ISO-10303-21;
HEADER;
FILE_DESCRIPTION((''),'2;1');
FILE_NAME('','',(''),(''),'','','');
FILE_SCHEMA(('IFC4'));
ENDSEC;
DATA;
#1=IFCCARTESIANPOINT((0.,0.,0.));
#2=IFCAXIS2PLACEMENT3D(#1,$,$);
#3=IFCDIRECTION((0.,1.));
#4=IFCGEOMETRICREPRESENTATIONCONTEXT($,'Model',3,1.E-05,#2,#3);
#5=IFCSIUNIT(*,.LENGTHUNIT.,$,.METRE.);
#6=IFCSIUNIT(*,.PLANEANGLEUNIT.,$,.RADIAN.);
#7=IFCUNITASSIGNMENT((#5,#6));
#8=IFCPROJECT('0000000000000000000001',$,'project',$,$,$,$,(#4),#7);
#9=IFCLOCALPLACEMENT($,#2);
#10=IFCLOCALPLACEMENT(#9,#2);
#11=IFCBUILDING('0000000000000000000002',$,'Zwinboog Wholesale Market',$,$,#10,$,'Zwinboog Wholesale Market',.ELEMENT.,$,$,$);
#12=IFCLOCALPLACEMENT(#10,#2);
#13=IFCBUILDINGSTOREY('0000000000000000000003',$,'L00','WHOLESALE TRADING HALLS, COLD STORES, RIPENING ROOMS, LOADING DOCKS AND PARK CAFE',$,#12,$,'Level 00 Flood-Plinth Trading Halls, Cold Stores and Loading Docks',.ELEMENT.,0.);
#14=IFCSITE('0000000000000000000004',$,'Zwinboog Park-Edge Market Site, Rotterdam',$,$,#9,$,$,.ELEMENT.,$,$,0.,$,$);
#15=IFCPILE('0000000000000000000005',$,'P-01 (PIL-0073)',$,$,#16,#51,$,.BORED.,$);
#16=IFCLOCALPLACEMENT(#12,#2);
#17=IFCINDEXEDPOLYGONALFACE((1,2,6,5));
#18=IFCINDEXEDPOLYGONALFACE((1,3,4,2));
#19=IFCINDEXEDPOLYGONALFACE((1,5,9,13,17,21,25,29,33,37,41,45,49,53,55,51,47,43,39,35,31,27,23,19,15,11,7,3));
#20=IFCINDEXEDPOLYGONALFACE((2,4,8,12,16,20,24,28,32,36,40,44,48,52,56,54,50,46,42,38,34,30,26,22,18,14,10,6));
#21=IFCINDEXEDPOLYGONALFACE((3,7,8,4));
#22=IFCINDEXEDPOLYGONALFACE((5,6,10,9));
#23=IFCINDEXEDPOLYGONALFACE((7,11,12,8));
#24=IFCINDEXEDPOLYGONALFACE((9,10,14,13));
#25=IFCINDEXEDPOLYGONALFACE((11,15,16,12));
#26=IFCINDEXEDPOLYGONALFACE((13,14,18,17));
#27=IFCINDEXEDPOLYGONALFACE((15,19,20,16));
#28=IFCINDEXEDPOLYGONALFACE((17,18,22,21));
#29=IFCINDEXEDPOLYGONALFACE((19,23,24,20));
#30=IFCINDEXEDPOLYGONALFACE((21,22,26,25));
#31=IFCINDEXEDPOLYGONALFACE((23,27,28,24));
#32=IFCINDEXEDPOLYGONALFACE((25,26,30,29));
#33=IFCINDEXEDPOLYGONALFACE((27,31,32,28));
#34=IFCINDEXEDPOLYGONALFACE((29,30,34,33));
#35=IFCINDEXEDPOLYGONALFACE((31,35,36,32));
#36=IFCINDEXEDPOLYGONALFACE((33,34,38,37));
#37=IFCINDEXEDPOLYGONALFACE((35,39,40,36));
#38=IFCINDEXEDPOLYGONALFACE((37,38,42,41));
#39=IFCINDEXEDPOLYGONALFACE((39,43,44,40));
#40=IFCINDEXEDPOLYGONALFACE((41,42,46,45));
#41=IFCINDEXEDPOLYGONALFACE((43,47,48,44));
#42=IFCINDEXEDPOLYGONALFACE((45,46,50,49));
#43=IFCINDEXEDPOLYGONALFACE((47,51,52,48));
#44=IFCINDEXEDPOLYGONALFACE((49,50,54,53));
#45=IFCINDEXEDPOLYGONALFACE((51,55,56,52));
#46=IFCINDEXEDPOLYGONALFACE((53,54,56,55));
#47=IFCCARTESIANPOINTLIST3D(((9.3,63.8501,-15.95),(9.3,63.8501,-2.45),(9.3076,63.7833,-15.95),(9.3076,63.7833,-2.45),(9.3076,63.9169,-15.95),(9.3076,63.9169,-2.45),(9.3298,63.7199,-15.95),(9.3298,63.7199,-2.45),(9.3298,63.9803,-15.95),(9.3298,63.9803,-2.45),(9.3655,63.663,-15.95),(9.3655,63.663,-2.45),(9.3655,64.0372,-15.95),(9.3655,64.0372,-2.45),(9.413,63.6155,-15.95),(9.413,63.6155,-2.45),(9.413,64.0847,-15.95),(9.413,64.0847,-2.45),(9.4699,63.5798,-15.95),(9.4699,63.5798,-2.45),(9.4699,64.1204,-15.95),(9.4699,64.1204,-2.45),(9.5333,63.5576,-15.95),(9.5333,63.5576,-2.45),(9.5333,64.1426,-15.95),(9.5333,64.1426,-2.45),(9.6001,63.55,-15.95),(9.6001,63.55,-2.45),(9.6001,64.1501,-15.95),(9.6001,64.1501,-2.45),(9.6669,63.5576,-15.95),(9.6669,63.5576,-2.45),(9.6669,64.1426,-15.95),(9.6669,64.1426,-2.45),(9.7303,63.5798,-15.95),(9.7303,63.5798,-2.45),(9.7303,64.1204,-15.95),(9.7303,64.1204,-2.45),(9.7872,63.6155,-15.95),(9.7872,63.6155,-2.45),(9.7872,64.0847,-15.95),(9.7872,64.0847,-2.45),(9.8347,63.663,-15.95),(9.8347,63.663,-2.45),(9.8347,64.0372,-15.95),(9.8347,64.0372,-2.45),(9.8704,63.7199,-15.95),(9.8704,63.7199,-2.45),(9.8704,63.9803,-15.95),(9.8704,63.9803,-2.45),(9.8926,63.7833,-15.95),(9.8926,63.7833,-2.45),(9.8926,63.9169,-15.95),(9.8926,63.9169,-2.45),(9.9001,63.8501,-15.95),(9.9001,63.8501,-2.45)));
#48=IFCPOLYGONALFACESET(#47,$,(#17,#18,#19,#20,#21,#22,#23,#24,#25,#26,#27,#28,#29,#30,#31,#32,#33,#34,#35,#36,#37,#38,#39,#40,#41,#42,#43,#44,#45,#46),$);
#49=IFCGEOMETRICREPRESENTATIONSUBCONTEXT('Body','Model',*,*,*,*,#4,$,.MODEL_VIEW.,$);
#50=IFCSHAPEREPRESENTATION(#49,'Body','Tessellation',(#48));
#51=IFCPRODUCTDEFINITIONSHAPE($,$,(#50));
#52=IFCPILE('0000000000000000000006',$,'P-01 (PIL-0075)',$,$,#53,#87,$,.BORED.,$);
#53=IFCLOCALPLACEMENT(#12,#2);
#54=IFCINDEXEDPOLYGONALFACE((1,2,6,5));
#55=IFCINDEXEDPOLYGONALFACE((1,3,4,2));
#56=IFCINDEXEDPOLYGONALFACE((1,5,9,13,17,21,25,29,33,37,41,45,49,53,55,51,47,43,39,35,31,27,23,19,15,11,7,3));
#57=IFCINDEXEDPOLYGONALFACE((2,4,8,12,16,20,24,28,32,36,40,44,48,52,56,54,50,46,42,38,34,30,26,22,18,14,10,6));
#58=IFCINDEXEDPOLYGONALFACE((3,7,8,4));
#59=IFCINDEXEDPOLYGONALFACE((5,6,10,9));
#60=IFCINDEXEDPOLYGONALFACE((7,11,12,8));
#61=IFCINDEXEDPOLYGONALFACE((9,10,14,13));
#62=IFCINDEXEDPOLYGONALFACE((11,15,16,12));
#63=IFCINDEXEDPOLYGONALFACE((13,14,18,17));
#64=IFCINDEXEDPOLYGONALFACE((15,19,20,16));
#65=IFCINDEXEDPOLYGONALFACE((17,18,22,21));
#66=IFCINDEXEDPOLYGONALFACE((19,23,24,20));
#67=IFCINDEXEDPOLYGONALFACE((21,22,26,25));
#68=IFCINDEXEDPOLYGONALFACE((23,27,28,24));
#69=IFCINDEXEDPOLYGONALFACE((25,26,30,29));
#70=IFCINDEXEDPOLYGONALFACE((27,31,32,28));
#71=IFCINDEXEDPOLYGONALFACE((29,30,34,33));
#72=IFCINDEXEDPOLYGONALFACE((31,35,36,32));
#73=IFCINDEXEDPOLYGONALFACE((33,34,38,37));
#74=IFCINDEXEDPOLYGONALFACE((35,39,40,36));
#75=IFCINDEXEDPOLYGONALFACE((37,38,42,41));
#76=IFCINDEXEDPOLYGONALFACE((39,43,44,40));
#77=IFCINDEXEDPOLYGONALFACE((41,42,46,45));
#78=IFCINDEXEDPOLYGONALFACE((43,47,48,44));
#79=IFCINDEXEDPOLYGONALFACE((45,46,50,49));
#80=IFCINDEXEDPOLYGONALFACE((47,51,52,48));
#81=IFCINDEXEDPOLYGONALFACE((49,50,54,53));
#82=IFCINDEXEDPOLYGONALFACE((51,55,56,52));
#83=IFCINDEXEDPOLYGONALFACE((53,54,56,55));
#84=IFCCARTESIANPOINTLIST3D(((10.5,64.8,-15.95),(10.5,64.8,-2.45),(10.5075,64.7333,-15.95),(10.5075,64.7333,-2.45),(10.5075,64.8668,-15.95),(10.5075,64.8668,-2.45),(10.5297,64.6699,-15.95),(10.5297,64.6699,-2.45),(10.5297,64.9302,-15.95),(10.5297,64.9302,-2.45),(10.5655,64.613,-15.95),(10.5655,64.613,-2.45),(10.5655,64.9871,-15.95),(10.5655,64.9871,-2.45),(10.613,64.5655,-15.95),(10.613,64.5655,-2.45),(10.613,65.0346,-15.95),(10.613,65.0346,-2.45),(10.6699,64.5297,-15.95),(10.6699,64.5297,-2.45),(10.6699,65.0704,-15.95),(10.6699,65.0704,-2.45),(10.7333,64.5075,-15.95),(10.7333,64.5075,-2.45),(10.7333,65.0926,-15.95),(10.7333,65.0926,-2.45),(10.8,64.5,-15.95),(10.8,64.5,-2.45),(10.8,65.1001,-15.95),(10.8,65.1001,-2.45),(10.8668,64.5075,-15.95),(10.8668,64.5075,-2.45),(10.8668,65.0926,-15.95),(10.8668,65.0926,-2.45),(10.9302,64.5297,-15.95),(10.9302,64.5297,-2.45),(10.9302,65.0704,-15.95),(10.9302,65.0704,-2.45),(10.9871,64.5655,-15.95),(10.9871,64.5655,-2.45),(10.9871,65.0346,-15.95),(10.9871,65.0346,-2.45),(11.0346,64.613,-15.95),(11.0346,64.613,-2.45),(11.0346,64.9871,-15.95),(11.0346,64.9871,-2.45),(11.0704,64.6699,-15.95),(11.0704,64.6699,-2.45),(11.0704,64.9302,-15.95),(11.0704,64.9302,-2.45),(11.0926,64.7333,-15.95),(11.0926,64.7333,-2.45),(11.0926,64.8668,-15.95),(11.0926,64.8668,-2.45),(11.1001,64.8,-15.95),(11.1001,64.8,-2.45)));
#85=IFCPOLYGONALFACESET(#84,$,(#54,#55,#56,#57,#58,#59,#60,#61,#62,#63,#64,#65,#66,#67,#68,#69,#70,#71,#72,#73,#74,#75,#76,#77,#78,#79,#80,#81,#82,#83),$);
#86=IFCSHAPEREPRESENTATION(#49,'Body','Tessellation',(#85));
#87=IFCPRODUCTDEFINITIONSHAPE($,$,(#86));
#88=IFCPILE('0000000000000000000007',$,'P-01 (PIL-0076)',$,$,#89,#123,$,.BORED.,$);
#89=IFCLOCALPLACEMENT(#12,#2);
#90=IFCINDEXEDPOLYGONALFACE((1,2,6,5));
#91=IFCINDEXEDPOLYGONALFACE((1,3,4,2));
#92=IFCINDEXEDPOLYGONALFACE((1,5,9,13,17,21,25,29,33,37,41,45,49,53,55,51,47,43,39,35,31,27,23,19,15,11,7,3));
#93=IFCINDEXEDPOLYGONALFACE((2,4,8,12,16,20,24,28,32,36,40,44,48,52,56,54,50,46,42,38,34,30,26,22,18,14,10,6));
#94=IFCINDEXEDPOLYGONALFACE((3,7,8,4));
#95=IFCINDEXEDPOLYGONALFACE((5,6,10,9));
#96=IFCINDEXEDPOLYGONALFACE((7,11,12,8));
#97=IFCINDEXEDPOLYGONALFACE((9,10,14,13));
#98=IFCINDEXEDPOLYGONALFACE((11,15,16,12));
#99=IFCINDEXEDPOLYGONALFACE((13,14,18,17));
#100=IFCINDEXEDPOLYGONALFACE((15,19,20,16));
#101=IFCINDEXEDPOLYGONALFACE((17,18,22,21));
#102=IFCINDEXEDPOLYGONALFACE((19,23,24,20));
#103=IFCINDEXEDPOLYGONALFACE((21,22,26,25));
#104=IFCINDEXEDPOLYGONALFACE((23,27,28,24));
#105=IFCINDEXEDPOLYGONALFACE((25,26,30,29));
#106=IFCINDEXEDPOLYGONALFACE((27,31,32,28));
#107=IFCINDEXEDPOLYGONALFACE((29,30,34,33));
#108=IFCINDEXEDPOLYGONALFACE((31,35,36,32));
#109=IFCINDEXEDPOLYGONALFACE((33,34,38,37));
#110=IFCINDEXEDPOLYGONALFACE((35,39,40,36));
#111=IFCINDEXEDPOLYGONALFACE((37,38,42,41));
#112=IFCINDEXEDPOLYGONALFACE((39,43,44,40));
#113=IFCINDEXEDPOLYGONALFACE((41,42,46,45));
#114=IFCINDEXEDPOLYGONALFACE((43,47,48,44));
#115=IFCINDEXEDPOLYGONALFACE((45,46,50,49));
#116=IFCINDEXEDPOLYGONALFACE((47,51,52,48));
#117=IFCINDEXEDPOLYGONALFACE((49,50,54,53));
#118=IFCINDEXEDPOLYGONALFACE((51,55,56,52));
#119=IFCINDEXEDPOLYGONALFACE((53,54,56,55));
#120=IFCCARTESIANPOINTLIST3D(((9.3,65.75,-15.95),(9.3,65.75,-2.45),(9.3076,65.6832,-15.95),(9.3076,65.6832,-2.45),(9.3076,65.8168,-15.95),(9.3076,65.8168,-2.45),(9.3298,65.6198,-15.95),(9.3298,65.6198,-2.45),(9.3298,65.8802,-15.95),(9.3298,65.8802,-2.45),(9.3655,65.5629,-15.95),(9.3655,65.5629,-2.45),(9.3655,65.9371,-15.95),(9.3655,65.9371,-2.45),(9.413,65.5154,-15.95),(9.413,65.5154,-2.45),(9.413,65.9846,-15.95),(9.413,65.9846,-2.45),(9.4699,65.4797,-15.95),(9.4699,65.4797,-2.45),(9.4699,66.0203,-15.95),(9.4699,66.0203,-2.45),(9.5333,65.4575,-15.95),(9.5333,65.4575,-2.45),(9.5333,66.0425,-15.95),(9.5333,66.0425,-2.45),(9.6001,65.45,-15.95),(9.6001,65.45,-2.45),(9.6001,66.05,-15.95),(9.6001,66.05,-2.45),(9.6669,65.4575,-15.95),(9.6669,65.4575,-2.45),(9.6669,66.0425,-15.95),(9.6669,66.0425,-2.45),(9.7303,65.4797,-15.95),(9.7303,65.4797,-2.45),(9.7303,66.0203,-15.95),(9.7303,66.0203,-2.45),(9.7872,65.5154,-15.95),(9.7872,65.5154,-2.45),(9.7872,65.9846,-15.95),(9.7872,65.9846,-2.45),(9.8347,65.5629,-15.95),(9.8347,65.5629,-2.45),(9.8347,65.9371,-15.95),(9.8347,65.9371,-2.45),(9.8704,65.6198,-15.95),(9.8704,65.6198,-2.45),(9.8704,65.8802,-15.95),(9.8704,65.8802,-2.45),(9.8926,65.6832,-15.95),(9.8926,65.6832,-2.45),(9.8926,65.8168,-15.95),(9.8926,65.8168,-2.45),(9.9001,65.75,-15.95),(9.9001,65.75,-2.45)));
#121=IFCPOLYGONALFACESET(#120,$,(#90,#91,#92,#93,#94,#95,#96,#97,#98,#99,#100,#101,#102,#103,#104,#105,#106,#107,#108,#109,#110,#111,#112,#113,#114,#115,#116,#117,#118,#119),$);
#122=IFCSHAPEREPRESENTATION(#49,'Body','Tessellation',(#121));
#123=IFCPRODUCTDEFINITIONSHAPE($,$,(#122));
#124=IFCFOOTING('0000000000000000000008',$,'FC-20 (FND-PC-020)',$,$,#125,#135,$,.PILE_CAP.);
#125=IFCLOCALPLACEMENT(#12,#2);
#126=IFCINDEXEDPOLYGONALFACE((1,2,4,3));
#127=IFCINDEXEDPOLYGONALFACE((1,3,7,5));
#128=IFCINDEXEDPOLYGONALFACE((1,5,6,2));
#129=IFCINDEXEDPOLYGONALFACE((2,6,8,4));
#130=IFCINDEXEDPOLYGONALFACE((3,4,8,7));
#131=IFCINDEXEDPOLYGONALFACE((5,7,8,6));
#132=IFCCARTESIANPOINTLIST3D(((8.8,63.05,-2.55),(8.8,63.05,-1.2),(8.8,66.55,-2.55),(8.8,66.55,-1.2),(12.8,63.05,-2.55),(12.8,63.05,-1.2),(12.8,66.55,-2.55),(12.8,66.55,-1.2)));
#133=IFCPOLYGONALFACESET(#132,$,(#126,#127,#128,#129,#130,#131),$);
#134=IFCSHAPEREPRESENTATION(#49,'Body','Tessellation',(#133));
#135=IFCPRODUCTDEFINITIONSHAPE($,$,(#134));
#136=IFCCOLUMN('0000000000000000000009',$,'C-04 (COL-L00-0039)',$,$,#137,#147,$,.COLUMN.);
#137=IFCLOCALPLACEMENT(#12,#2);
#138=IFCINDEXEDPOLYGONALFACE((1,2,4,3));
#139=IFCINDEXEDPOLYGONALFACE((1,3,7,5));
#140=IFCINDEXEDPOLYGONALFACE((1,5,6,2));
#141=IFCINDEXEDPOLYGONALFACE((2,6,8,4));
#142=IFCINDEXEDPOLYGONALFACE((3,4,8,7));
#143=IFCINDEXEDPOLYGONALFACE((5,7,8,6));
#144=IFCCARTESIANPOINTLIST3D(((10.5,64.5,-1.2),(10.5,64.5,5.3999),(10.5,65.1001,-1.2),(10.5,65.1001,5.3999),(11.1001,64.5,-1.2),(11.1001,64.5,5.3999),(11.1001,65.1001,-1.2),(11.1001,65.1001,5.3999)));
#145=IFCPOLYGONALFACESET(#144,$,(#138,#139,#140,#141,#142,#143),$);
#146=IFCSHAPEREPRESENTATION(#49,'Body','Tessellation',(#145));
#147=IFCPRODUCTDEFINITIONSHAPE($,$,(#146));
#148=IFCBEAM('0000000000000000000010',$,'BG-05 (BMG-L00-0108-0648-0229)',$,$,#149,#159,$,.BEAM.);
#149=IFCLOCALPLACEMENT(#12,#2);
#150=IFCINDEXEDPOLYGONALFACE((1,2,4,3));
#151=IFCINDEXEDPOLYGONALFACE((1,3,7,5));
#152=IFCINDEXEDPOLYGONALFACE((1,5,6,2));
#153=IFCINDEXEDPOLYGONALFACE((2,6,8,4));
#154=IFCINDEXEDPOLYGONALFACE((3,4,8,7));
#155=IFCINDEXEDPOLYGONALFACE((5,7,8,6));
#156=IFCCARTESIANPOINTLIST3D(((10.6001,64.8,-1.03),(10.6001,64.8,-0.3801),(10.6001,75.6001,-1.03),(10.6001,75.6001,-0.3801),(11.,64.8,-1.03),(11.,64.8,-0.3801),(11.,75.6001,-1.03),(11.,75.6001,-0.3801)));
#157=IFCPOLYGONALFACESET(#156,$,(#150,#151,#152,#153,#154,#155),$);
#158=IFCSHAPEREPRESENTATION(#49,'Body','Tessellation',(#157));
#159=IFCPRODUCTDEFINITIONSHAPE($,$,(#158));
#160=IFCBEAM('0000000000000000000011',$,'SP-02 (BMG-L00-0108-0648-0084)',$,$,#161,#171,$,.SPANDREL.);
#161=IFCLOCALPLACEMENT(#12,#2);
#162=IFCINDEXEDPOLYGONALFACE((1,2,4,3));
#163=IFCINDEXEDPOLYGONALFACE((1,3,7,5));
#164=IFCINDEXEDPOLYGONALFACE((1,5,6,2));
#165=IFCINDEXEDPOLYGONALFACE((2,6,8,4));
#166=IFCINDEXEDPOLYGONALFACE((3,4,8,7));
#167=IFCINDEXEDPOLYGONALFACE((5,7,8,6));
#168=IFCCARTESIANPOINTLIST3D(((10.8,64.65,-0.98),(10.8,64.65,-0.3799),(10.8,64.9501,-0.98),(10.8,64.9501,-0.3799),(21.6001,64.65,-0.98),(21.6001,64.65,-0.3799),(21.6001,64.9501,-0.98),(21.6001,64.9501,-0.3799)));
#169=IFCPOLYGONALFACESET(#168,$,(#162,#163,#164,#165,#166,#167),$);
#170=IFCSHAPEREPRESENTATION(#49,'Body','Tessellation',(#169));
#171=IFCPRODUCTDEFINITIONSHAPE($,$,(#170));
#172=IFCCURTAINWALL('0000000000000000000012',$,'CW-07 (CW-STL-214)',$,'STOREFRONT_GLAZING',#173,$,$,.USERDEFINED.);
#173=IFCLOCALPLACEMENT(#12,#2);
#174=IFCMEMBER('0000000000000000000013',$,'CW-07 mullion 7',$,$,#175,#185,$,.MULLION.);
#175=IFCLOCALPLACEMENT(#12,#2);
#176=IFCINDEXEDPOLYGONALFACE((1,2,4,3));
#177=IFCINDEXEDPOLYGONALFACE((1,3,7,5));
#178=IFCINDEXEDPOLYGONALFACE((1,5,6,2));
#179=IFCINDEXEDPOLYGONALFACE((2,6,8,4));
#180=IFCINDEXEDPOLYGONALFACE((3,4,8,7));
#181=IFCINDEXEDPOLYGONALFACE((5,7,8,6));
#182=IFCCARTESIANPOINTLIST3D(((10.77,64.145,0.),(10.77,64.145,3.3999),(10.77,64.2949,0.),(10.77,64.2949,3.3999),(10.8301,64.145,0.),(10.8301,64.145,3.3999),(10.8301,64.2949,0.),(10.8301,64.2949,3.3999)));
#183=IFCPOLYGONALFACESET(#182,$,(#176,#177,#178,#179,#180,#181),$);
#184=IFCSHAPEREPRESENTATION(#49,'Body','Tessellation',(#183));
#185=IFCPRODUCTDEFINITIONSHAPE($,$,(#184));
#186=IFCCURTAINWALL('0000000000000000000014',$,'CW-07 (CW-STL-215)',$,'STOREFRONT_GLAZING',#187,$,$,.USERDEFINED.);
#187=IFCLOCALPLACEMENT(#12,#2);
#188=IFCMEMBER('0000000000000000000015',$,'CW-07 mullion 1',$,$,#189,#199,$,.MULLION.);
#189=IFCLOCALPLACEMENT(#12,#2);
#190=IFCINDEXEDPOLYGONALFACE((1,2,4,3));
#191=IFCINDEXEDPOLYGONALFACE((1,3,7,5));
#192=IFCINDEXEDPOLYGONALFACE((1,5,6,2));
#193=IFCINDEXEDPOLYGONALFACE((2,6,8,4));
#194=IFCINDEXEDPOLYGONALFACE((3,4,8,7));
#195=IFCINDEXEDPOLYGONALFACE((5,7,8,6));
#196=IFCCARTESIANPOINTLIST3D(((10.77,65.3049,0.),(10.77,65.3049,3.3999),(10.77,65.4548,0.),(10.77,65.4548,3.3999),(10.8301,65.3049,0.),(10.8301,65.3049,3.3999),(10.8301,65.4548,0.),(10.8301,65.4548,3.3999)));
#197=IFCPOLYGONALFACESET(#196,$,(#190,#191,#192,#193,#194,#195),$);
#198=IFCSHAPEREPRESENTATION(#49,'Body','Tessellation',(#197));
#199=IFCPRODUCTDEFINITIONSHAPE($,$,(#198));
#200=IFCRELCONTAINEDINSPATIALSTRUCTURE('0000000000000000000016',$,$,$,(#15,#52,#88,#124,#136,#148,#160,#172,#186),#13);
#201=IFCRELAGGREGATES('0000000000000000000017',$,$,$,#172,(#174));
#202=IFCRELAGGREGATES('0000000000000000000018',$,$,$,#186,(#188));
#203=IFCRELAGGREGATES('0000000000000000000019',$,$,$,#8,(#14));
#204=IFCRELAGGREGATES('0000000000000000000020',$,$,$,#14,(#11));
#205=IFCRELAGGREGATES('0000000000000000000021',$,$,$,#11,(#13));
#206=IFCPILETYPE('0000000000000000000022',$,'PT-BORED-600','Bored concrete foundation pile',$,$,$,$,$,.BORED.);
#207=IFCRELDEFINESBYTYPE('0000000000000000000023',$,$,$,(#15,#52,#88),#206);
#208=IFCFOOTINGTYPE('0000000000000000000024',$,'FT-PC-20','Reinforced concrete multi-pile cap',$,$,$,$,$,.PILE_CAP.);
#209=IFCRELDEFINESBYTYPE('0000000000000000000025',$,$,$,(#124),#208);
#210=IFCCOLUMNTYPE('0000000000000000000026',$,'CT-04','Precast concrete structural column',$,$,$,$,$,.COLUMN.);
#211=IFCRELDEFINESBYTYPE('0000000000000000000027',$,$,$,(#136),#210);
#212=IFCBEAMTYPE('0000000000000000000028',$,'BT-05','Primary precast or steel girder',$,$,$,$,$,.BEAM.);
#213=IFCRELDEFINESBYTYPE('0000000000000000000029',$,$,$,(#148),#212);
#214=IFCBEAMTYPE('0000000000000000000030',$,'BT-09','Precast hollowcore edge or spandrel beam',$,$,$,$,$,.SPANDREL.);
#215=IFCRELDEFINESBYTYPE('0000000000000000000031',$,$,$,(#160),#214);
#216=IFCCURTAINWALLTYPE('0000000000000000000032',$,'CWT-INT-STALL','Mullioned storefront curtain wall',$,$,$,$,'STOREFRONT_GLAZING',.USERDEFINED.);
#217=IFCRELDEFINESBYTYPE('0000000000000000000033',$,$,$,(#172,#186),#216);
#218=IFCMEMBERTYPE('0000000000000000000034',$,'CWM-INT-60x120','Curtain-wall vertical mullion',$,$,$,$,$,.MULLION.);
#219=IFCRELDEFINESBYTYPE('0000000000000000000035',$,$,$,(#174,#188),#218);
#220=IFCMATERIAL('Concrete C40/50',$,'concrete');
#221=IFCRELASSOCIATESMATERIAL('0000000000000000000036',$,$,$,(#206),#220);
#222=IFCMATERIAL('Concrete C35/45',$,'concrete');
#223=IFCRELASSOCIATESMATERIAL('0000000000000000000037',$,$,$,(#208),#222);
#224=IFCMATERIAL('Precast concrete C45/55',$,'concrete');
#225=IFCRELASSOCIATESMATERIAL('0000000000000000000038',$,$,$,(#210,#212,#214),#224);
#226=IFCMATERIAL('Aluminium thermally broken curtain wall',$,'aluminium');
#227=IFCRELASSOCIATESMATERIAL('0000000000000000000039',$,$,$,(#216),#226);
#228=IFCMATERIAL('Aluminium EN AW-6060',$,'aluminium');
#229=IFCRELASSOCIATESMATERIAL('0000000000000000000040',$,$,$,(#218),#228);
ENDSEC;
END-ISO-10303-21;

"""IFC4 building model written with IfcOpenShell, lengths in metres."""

from ifc_helpers import new_model, si_unit, direction, frame, origin, origin_2d, place, context, subcontext, project, spatial, rectangle, circle, extrude, material, material_profile, profile_set, type_object, element, aggregate, save


model = new_model("IFC4")

# Units and contexts
model_context = context("Model", 3, precision=1e-05, world=origin(), true_north=direction((0.0, 1.0)))
body_context = subcontext(model_context, "Body", "Model", "MODEL_VIEW")
ifc_project = project(units=[si_unit("LENGTHUNIT", "METRE"), si_unit("PLANEANGLEUNIT", "RADIAN")], contexts=[model_context])

# Site, building, storey
site_placement = place(None, origin())
site = spatial("IfcSite", under=ifc_project, at=site_placement, Name="Zwinboog Park-Edge Market Site, Rotterdam", CompositionType="ELEMENT", RefElevation=0.0)
building_placement = place(site_placement, origin())
building = spatial("IfcBuilding", under=site, at=building_placement, Name="Zwinboog Wholesale Market", LongName="Zwinboog Wholesale Market", CompositionType="ELEMENT")
storey_placement = place(building_placement, origin())
storey = spatial("IfcBuildingStorey", under=building, at=storey_placement, Name="L00", Description="WHOLESALE TRADING HALLS, COLD STORES, RIPENING ROOMS, LOADING DOCKS AND PARK CAFE", LongName="Level 00 Flood-Plinth Trading Halls, Cold Stores and Loading Docks", CompositionType="ELEMENT", Elevation=0.0)

# Piles
ifc_material_1 = material(Name="Concrete C40/50", Category="concrete")
ifc_material_profile_1 = material_profile(ifc_material_1, circle(Radius=0.3, at=origin_2d()), Name="PILE D600")
ifc_profile_set_1 = profile_set([ifc_material_profile_1], Name="Concrete C40/50")
pile_type = type_object("IfcPileType", Name="PT-BORED-600", Description="Bored concrete foundation pile", PredefinedType="BORED", material=ifc_profile_set_1)
for number, where, z_axis, x_axis, name in (
    (1, (9.6001, 63.8501, -2.45), (0.0, 0.0, -1.0), (1.0, 0.0, 0.0), "P-01 (PIL-0073)"),
    (2, (10.8, 64.8, -2.45), (0.0, 0.0, -1.0), (1.0, 0.0, 0.0), "P-01 (PIL-0075)"),
    (3, (9.6001, 65.75, -2.45), (0.0, 0.0, -1.0), (1.0, 0.0, 0.0), "P-01 (PIL-0076)"),
):
    element("IfcPile", number, at=place(storey_placement, frame(where, z_axis=z_axis, x_axis=x_axis)), inside=storey, type_object=pile_type, Name=name, PredefinedType="BORED", context=body_context, shape_type="SweptSolid", body=[
        extrude(circle(Radius=0.3, at=origin_2d()), origin(), (0.0, 0.0, 1.0), 13.5),
    ])

# Footing
ifc_material_2 = material(Name="Concrete C35/45", Category="concrete")
footing_type = type_object("IfcFootingType", Name="FT-PC-20", Description="Reinforced concrete multi-pile cap", PredefinedType="PILE_CAP", material=ifc_material_2)
footing_placement = place(storey_placement, frame((10.8, 64.8, -2.55), z_axis=(0.0, 0.0, 1.0), x_axis=(1.0, 0.0, 0.0)))
element("IfcFooting", 4, at=footing_placement, inside=storey, type_object=footing_type, Name="FC-20 (FND-PC-020)", PredefinedType="PILE_CAP", context=body_context, shape_type="SweptSolid", body=[
    extrude(rectangle(XDim=4.0, YDim=3.5, at=origin_2d()), origin(), (0.0, 0.0, 1.0), 1.3501),
])

# Column
ifc_material_3 = material(Name="Precast concrete C45/55", Category="concrete")
ifc_material_profile_2 = material_profile(ifc_material_3, rectangle(XDim=0.6001, YDim=0.6001, at=origin_2d()), Name="PC 600x600")
ifc_profile_set_2 = profile_set([ifc_material_profile_2], Name="Precast concrete C45/55")
column_type = type_object("IfcColumnType", Name="CT-04", Description="Precast concrete structural column", PredefinedType="COLUMN", material=ifc_profile_set_2)
column_placement = place(storey_placement, frame((10.8, 64.8, -1.2), z_axis=(0.0, 0.0, 1.0), x_axis=(1.0, 0.0, 0.0)))
element("IfcColumn", 5, at=column_placement, inside=storey, type_object=column_type, Name="C-04 (COL-L00-0039)", PredefinedType="COLUMN", context=body_context, shape_type="SweptSolid", body=[
    extrude(rectangle(XDim=0.6001, YDim=0.6001, at=origin_2d()), origin(), (0.0, 0.0, 1.0), 6.5999),
])

# Beams
ifc_material_profile_3 = material_profile(ifc_material_3, rectangle(XDim=0.3999, YDim=0.6499, at=origin_2d()), Name="PC 400x650")
ifc_profile_set_3 = profile_set([ifc_material_profile_3], Name="Precast concrete C45/55")
beam_type_1 = type_object("IfcBeamType", Name="BT-05", Description="Primary precast or steel girder", PredefinedType="BEAM", material=ifc_profile_set_3)
beam_1_placement = place(storey_placement, frame((10.8, 64.8, -0.7051), z_axis=(0.0, 1.0, 0.0), x_axis=(-1.0, 0.0, 0.0)))
element("IfcBeam", 6, at=beam_1_placement, inside=storey, type_object=beam_type_1, Name="BG-05 (BMG-L00-0108-0648-0229)", PredefinedType="BEAM", context=body_context, shape_type="SweptSolid", body=[
    extrude(rectangle(XDim=0.3999, YDim=0.6499, at=origin_2d()), origin(), (0.0, 0.0, 1.0), 10.8),
])
ifc_material_profile_4 = material_profile(ifc_material_3, rectangle(XDim=0.3, YDim=0.6001, at=origin_2d()), Name="PC 300x600")
ifc_profile_set_4 = profile_set([ifc_material_profile_4], Name="Precast concrete C45/55")
beam_type_2 = type_object("IfcBeamType", Name="BT-09", Description="Precast hollowcore edge or spandrel beam", PredefinedType="SPANDREL", material=ifc_profile_set_4)
beam_2_placement = place(storey_placement, frame((10.8, 64.8, -0.6799), z_axis=(1.0, 0.0, 0.0), x_axis=(0.0, 1.0, 0.0)))
element("IfcBeam", 7, at=beam_2_placement, inside=storey, type_object=beam_type_2, Name="SP-02 (BMG-L00-0108-0648-0084)", PredefinedType="SPANDREL", context=body_context, shape_type="SweptSolid", body=[
    extrude(rectangle(XDim=0.3, YDim=0.6001, at=origin_2d()), origin(), (0.0, 0.0, 1.0), 10.8),
])

# Curtain wall, member
ifc_material_4 = material(Name="Aluminium thermally broken curtain wall", Category="aluminium")
curtain_wall_type = type_object("IfcCurtainWallType", Name="CWT-INT-STALL", Description="Mullioned storefront curtain wall", ElementType="STOREFRONT_GLAZING", PredefinedType="USERDEFINED", material=ifc_material_4)
curtain_wall_1_placement = place(storey_placement, origin())
curtain_wall_1 = element("IfcCurtainWall", 8, at=curtain_wall_1_placement, inside=storey, type_object=curtain_wall_type, Name="CW-07 (CW-STL-214)", ObjectType="STOREFRONT_GLAZING", PredefinedType="USERDEFINED")
ifc_material_5 = material(Name="Aluminium EN AW-6060", Category="aluminium")
ifc_material_profile_5 = material_profile(ifc_material_5, rectangle(XDim=0.0601, YDim=0.1499, at=origin_2d()), Name="AL 60x150")
ifc_profile_set_5 = profile_set([ifc_material_profile_5], Name="Aluminium EN AW-6060")
member_type_1 = type_object("IfcMemberType", Name="CWM-INT-60x120", Description="Curtain-wall vertical mullion", PredefinedType="MULLION", material=ifc_profile_set_5)
member_1_placement = place(storey_placement, frame((10.8, 64.22, 0.0), z_axis=(0.0, 0.0, 1.0), x_axis=(-1.0, 0.0, 0.0)))
member_1 = element("IfcMember", 9, at=member_1_placement, type_object=member_type_1, Name="CW-07 mullion 7", PredefinedType="MULLION", context=body_context, shape_type="SweptSolid", body=[
    extrude(rectangle(XDim=0.0601, YDim=0.1499, at=origin_2d()), origin(), (0.0, 0.0, 1.0), 3.3999),
])

# Curtain wall, member
curtain_wall_2_placement = place(storey_placement, origin())
curtain_wall_2 = element("IfcCurtainWall", 10, at=curtain_wall_2_placement, inside=storey, type_object=curtain_wall_type, Name="CW-07 (CW-STL-215)", ObjectType="STOREFRONT_GLAZING", PredefinedType="USERDEFINED")
member_2_placement = place(storey_placement, frame((10.8, 65.3799, 0.0), z_axis=(0.0, 0.0, 1.0), x_axis=(-1.0, 0.0, 0.0)))
member_2 = element("IfcMember", 11, at=member_2_placement, type_object=member_type_1, Name="CW-07 mullion 1", PredefinedType="MULLION", context=body_context, shape_type="SweptSolid", body=[
    extrude(rectangle(XDim=0.0601, YDim=0.1499, at=origin_2d()), origin(), (0.0, 0.0, 1.0), 3.3999),
])

aggregate(curtain_wall_1, [member_1])
aggregate(curtain_wall_2, [member_2])

save(model, "model.ifc")
